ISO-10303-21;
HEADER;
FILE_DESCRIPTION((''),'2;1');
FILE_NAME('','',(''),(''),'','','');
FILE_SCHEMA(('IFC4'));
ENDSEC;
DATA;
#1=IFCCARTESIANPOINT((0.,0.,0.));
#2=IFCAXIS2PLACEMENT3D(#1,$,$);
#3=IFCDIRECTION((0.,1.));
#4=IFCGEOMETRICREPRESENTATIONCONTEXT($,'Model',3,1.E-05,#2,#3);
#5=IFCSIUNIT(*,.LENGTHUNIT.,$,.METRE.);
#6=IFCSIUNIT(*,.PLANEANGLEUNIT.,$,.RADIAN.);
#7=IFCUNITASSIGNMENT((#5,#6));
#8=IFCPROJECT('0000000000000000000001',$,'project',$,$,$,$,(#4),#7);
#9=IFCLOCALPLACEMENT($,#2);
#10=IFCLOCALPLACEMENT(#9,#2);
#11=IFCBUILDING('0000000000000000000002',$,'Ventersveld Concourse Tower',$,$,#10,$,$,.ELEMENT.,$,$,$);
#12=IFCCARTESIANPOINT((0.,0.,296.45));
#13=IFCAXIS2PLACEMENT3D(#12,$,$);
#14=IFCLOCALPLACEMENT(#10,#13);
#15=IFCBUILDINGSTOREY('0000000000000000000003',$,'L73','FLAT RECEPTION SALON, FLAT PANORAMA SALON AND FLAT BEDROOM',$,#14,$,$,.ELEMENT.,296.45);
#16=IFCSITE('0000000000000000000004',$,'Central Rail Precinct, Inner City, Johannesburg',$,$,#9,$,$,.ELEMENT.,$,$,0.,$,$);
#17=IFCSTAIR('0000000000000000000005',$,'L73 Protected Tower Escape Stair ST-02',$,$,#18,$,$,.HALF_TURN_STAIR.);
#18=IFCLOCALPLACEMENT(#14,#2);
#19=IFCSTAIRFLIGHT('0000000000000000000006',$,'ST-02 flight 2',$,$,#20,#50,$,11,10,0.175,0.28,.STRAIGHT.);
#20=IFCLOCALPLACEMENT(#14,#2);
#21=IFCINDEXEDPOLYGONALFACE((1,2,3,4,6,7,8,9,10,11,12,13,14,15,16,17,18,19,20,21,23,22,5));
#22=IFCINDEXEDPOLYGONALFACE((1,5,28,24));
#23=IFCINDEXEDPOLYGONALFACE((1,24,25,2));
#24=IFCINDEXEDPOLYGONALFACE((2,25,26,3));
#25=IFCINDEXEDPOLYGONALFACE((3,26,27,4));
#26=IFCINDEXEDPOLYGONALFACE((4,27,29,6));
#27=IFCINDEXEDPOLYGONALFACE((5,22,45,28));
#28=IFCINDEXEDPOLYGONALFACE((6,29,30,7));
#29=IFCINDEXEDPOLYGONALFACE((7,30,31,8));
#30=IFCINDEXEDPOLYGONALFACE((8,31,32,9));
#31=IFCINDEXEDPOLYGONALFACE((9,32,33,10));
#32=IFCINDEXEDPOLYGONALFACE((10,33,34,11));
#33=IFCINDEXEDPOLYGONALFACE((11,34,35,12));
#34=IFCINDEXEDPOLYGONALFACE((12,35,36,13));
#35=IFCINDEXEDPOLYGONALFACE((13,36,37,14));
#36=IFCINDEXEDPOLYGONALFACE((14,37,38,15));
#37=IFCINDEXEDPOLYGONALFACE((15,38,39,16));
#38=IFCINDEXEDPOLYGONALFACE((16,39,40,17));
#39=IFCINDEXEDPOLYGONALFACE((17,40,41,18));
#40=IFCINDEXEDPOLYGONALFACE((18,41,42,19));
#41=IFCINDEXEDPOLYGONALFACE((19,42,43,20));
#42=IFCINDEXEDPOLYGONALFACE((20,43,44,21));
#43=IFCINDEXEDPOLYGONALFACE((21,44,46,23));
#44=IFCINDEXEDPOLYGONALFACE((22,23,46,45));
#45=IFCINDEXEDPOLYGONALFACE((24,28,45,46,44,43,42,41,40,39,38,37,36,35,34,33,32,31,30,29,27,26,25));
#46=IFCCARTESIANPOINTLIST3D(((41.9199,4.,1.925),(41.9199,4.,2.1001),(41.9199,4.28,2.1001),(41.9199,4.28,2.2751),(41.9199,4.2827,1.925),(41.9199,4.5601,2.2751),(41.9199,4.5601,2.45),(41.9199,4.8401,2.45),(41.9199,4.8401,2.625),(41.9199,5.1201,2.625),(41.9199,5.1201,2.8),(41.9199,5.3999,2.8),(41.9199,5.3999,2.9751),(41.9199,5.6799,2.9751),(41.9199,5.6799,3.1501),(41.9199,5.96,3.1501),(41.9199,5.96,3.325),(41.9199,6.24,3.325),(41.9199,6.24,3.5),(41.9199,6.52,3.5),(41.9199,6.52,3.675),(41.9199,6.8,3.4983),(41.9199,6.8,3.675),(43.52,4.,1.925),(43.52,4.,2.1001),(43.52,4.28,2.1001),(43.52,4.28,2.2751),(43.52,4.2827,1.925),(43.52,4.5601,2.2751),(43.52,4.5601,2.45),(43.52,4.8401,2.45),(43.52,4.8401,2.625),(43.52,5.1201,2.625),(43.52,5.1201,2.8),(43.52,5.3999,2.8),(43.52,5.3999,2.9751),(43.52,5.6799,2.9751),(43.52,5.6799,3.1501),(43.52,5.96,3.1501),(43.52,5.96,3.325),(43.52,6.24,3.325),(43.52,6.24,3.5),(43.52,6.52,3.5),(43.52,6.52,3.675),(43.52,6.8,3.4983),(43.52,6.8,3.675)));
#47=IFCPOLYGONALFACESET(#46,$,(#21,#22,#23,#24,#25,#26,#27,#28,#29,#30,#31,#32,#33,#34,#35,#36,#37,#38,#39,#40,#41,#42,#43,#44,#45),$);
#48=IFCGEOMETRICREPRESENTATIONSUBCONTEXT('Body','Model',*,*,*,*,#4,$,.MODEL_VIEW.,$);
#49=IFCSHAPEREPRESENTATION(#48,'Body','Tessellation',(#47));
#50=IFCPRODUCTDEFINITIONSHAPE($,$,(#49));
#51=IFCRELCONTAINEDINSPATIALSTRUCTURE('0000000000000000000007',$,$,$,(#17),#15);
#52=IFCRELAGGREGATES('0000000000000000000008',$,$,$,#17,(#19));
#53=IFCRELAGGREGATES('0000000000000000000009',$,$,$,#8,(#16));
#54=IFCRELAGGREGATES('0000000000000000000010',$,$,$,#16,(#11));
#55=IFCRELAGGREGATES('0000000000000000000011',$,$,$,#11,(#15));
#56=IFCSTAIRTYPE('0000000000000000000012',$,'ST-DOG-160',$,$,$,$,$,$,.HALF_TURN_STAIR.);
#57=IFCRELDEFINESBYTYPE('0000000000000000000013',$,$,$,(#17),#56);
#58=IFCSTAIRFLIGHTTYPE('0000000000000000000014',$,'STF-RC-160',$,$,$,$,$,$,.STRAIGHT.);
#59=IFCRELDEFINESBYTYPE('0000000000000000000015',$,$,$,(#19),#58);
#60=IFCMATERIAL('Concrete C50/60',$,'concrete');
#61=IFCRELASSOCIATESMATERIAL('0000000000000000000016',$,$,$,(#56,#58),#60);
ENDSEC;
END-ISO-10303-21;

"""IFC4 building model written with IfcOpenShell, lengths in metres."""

from ifc_helpers import new_model, si_unit, direction, frame, origin, place, context, subcontext, project, spatial, polyline, outline, extrude, material, type_object, element, aggregate, save


model = new_model("IFC4")

# Units and contexts
model_context = context("Model", 3, precision=1e-05, world=origin(), true_north=direction((0.0, 1.0)))
body_context = subcontext(model_context, "Body", "Model", "MODEL_VIEW")
ifc_project = project(units=[si_unit("LENGTHUNIT", "METRE"), si_unit("PLANEANGLEUNIT", "RADIAN")], contexts=[model_context])

# Site, building, storey
site_placement = place(None, origin())
site = spatial("IfcSite", under=ifc_project, at=site_placement, Name="Central Rail Precinct, Inner City, Johannesburg", CompositionType="ELEMENT", RefElevation=0.0)
building_placement = place(site_placement, origin())
building = spatial("IfcBuilding", under=site, at=building_placement, Name="Ventersveld Concourse Tower", CompositionType="ELEMENT")
storey_placement = place(building_placement, frame((0.0, 0.0, 296.45)))
storey = spatial("IfcBuildingStorey", under=building, at=storey_placement, Name="L73", Description="FLAT RECEPTION SALON, FLAT PANORAMA SALON AND FLAT BEDROOM", CompositionType="ELEMENT", Elevation=296.45)

# Shared definitions
ifc_material_1 = material(Name="Concrete C50/60", Category="concrete")

# Stair, stair flight
stair_type = type_object("IfcStairType", Name="ST-DOG-160", PredefinedType="HALF_TURN_STAIR", material=ifc_material_1)
stair_placement = place(storey_placement, origin())
stair = element("IfcStair", 1, at=stair_placement, inside=storey, type_object=stair_type, Name="L73 Protected Tower Escape Stair ST-02", PredefinedType="HALF_TURN_STAIR")
stair_flight_type = type_object("IfcStairFlightType", Name="STF-RC-160", PredefinedType="STRAIGHT", material=ifc_material_1)
stair_flight_1_placement = place(storey_placement, frame((42.72, 4.0, 1.925), z_axis=(0.0, 0.0, 1.0), x_axis=(0.0, 1.0, 0.0)))
stair_flight_1 = element("IfcStairFlight", 2, at=stair_flight_1_placement, type_object=stair_flight_type, Name="ST-02 flight 2", NumberOfRisers=11, NumberOfTreads=10, PredefinedType="STRAIGHT", RiserHeight=0.175, TreadLength=0.28, context=body_context, shape_type="SweptSolid", body=[
    extrude(outline(polyline([(0.0, 0.0), (0.0, 0.175), (0.28, 0.175), (0.28, 0.3501), (0.5601, 0.3501), (0.5601, 0.5249), (0.8401, 0.5249), (0.8401, 0.7), (1.1201, 0.7), (1.1201, 0.875), (1.3999, 0.875), (1.3999, 1.05), (1.6799, 1.05), (1.6799, 1.2251), (1.96, 1.2251), (1.96, 1.3999), (2.24, 1.3999), (2.24, 1.575), (2.52, 1.575), (2.52, 1.75), (2.8, 1.75), (2.8, 1.925), (2.8, 1.5732), (0.2827, 0.0), (0.0, 0.0)])), frame((0.0, 0.8, 0.0), z_axis=(0.0, -1.0, 0.0), x_axis=(1.0, 0.0, 0.0)), (0.0, 0.0, 1.0), 1.6001),
])
aggregate(stair, [stair_flight_1])

save(model, "model.ifc")
